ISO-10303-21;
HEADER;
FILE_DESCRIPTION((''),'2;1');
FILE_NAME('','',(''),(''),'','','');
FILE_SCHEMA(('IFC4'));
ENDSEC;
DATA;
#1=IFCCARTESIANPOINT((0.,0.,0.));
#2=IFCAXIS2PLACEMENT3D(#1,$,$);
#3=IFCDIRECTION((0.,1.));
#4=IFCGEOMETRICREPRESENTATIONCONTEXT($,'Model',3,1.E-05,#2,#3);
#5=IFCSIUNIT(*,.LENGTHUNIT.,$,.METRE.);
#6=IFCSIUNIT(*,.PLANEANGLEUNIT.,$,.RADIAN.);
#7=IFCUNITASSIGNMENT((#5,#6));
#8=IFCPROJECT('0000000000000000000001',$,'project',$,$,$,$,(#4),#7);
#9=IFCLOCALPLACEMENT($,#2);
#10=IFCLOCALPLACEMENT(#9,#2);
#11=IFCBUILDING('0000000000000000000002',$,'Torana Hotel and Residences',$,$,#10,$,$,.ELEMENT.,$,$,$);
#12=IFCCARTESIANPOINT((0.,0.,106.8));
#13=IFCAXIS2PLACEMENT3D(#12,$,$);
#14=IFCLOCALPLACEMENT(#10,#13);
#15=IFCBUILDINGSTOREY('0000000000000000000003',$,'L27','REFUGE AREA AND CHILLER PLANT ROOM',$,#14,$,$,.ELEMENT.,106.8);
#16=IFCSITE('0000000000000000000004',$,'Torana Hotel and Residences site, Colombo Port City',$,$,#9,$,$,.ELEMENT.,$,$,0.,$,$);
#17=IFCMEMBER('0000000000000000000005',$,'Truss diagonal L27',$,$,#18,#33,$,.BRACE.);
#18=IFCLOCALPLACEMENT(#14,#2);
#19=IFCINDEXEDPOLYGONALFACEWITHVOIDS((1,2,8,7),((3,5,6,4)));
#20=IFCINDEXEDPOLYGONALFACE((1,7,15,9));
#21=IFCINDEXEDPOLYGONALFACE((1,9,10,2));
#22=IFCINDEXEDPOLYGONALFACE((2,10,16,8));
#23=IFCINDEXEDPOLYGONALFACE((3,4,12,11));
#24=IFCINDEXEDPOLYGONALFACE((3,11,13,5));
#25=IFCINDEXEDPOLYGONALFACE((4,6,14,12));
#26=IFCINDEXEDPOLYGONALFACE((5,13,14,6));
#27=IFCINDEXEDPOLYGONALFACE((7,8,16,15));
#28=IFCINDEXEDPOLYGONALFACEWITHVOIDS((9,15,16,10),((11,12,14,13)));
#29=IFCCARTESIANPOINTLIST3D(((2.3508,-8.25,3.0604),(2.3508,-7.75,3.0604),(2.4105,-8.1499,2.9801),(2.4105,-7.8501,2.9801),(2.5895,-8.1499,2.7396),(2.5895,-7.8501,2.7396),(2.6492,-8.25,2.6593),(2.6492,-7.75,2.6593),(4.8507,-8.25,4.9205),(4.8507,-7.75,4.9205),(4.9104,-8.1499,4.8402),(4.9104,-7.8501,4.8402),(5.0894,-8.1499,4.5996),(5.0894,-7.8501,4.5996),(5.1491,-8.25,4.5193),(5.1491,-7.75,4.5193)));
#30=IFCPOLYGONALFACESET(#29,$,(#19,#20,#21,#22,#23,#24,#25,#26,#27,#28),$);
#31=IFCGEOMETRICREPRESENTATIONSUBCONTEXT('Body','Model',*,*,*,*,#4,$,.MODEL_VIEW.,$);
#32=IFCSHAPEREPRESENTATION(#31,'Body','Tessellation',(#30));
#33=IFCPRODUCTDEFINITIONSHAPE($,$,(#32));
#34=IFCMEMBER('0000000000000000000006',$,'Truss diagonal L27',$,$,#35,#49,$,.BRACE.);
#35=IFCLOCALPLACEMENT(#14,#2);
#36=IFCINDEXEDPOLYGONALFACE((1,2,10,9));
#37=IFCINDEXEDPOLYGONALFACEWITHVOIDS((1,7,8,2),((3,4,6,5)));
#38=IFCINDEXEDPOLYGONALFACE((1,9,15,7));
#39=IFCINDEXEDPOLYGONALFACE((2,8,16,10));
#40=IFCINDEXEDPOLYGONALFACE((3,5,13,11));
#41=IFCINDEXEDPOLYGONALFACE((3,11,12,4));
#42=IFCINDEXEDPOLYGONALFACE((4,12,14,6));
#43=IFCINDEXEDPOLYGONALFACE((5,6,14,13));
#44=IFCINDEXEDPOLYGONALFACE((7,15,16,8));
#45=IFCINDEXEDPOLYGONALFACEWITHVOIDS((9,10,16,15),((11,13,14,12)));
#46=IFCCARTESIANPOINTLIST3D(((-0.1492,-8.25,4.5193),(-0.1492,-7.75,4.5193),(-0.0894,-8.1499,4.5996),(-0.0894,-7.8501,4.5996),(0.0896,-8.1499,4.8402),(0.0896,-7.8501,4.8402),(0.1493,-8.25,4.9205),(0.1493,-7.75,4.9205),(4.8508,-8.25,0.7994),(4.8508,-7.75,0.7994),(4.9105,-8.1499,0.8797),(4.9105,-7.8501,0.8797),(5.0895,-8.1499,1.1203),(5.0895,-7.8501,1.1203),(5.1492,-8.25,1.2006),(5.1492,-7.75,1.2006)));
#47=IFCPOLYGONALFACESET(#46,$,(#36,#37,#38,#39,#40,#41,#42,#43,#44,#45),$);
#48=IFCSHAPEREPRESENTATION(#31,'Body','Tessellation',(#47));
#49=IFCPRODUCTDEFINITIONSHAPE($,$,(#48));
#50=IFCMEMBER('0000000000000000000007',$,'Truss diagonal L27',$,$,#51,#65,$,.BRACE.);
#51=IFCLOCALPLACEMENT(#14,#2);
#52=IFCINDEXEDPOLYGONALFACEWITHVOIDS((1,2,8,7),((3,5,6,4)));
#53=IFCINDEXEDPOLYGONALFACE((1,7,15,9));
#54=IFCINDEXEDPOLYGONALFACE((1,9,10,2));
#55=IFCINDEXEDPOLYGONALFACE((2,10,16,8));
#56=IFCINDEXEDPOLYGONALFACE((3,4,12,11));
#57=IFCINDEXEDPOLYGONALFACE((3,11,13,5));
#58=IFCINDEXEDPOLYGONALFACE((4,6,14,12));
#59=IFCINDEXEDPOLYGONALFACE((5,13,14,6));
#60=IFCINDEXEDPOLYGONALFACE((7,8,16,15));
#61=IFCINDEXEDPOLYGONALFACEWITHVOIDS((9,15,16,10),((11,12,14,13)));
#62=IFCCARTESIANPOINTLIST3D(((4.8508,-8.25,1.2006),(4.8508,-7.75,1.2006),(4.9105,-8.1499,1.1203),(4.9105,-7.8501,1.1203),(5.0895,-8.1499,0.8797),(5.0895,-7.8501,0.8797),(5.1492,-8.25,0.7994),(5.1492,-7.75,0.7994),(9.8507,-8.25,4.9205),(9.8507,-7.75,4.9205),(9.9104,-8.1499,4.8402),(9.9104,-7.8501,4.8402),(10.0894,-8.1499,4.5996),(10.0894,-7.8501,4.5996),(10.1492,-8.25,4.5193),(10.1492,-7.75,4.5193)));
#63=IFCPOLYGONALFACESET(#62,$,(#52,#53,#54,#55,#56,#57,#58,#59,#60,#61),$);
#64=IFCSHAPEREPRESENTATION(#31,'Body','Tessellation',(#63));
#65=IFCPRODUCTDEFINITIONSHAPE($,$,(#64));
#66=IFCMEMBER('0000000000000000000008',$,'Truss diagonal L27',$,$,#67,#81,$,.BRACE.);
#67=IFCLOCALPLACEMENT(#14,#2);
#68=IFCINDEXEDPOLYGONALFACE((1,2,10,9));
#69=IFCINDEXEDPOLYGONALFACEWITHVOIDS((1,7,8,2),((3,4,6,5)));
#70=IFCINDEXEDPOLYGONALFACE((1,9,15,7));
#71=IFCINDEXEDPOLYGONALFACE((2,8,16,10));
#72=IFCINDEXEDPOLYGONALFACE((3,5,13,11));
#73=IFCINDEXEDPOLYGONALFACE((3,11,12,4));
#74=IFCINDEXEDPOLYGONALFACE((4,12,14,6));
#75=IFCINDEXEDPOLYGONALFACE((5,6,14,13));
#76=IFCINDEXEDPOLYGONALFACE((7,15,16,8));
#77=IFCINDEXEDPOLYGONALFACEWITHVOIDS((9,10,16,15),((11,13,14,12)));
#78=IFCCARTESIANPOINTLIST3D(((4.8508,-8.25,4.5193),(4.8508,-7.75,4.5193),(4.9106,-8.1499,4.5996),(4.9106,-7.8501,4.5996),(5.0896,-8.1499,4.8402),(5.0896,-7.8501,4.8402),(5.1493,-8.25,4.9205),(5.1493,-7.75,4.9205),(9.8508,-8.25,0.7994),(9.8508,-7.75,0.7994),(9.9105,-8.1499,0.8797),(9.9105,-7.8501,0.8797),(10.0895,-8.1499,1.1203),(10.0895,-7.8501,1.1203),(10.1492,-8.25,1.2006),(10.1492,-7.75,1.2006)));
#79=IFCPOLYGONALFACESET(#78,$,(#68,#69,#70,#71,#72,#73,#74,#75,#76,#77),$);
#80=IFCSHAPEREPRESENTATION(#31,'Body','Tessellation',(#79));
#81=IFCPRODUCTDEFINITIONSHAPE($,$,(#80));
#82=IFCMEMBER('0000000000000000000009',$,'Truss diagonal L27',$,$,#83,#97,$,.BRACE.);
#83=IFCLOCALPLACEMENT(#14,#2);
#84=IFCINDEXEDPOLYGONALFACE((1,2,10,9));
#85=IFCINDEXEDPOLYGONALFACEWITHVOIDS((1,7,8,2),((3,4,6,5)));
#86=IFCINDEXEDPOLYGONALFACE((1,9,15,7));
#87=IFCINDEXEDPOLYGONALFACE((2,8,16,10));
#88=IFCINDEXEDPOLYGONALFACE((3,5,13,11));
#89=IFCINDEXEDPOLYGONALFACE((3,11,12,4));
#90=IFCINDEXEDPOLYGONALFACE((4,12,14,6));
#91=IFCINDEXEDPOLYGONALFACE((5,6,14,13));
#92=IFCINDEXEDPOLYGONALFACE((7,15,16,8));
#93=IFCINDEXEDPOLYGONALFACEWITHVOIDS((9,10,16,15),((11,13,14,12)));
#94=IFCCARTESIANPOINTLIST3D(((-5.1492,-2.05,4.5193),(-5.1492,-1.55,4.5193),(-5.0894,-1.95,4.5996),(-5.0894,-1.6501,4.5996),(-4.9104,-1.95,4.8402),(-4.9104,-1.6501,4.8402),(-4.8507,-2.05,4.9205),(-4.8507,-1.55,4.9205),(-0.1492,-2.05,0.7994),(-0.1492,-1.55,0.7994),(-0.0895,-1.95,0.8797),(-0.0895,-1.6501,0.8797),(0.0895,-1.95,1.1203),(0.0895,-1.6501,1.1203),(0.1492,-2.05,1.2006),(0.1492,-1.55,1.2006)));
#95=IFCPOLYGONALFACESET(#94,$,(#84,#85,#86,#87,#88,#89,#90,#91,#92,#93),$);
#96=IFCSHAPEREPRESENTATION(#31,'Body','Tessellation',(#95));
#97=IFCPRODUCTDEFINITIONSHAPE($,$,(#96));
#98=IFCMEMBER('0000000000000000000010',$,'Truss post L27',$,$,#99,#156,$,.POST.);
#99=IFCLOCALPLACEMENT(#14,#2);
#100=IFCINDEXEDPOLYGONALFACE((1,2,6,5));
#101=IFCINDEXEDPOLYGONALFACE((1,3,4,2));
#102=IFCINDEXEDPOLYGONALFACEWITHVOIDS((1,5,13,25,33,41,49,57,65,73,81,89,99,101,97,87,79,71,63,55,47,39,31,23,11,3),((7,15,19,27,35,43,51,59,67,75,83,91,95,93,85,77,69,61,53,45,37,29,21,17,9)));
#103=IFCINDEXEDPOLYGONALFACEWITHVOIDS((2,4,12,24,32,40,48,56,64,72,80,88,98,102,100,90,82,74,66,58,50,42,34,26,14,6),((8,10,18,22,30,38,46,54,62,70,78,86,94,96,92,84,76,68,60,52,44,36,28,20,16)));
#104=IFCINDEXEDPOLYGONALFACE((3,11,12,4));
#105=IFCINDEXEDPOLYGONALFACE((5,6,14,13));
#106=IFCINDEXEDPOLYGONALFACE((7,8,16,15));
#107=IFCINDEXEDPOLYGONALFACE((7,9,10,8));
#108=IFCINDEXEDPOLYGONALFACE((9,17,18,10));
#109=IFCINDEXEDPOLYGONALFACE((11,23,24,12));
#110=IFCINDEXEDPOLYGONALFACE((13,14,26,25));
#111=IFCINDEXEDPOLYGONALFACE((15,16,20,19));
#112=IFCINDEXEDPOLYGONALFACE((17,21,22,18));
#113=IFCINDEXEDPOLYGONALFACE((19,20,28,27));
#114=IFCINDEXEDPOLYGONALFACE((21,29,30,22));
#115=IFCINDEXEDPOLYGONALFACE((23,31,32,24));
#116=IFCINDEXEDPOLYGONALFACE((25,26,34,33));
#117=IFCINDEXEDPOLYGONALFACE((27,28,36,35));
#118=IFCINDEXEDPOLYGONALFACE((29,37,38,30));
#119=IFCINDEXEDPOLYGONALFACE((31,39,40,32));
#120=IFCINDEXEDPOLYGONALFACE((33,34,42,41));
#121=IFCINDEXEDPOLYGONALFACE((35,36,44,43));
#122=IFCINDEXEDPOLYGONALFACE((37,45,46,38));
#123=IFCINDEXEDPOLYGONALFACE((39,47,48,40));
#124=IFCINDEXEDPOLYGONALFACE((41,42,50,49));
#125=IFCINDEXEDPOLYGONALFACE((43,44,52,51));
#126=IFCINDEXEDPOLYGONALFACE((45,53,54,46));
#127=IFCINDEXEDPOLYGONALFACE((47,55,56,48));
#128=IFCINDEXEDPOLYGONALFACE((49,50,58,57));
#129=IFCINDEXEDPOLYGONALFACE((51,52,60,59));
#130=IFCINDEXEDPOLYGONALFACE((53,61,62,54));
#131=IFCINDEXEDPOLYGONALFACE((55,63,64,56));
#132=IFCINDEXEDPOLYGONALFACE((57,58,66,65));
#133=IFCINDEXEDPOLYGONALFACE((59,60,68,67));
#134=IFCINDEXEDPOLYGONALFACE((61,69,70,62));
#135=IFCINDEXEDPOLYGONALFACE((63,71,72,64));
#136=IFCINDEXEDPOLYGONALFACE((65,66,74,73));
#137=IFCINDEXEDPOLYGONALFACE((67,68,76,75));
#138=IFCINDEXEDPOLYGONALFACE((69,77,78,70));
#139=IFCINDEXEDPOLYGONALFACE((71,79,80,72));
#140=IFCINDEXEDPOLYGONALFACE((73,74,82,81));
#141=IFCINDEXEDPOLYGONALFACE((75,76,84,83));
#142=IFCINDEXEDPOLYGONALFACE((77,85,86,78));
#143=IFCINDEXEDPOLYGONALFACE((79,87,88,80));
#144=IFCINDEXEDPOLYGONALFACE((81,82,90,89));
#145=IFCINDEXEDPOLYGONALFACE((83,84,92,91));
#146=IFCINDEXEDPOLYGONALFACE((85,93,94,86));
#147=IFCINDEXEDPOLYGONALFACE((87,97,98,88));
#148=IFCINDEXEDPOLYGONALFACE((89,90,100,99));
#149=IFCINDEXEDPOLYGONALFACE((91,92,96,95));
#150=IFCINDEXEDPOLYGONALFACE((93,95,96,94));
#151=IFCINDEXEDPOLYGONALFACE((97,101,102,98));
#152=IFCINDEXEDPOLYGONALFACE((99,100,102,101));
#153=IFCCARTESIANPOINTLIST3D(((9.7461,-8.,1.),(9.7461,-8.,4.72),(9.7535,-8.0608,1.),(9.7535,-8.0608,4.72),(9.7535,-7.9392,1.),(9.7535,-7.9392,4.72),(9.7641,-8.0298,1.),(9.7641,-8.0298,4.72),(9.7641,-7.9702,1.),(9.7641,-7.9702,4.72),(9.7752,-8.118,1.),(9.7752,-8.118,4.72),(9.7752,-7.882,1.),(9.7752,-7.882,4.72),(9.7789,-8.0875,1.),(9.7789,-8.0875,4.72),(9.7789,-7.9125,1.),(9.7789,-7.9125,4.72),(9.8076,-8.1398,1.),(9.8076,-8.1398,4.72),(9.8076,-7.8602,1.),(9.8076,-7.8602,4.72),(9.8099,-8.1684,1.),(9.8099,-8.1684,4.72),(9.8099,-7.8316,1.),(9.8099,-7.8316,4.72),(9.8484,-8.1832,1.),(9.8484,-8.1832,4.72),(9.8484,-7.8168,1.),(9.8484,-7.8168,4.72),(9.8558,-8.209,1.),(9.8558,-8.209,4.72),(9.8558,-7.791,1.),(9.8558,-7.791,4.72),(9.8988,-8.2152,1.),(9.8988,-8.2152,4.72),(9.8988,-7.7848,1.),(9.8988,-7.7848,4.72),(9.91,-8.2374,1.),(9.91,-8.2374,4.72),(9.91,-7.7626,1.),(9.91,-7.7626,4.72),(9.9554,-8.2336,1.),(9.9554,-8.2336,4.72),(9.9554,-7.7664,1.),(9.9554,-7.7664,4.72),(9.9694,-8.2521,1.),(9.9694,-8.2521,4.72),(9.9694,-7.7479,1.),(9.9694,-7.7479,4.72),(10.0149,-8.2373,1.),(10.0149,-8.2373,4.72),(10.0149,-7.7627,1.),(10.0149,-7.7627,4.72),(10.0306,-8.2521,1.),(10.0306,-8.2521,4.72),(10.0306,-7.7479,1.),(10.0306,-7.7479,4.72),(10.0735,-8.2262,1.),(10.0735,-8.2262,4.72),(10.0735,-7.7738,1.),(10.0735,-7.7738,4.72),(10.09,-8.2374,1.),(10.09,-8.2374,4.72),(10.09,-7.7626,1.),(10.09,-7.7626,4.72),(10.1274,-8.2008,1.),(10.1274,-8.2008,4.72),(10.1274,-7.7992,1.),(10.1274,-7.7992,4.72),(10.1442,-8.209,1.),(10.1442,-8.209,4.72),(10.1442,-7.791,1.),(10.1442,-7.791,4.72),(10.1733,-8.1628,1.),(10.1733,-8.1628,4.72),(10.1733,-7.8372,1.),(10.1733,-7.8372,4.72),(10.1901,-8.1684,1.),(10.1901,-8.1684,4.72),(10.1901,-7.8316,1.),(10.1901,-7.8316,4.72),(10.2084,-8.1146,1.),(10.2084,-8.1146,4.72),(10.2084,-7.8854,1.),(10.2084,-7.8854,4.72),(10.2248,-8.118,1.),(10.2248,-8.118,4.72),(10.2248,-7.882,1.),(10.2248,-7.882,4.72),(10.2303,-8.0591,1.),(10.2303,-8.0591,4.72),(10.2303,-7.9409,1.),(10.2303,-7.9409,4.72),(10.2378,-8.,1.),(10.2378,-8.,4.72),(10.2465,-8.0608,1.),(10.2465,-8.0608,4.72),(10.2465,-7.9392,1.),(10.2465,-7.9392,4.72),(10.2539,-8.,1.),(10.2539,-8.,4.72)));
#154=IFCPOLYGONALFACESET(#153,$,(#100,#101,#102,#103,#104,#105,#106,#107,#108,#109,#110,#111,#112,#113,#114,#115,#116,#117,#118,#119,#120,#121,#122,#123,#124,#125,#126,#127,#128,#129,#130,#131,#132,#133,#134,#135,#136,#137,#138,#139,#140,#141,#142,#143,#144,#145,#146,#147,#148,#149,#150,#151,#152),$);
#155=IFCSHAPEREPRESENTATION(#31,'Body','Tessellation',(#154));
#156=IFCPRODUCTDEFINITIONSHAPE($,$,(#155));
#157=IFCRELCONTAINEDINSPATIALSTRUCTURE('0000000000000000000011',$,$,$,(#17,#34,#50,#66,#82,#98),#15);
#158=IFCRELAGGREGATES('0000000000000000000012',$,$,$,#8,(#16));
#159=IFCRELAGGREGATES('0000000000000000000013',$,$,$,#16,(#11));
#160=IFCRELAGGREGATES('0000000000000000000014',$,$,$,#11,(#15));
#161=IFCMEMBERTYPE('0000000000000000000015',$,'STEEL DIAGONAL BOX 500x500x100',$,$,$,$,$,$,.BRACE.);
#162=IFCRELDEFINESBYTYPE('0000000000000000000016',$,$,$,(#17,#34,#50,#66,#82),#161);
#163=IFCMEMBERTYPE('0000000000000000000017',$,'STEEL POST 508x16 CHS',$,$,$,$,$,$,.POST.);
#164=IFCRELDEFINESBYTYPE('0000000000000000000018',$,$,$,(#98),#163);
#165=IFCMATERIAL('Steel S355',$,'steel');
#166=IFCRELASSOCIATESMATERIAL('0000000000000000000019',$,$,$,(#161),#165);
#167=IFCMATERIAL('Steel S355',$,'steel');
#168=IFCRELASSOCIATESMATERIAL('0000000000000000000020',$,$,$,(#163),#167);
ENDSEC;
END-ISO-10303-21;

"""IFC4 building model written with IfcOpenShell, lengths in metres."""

from ifc_helpers import new_model, si_unit, direction, frame, origin, origin_2d, place, context, subcontext, project, spatial, hollow_rectangle, hollow_circle, extrude, material, material_profile, profile_set, type_object, element, save


model = new_model("IFC4")

# Units and contexts
model_context = context("Model", 3, precision=1e-05, world=origin(), true_north=direction((0.0, 1.0)))
body_context = subcontext(model_context, "Body", "Model", "MODEL_VIEW")
ifc_project = project(units=[si_unit("LENGTHUNIT", "METRE"), si_unit("PLANEANGLEUNIT", "RADIAN")], contexts=[model_context])

# Site, building, storey
site_placement = place(None, origin())
site = spatial("IfcSite", under=ifc_project, at=site_placement, Name="Torana Hotel and Residences site, Colombo Port City", CompositionType="ELEMENT", RefElevation=0.0)
building_placement = place(site_placement, origin())
building = spatial("IfcBuilding", under=site, at=building_placement, Name="Torana Hotel and Residences", CompositionType="ELEMENT")
storey_placement = place(building_placement, frame((0.0, 0.0, 106.8)))
storey = spatial("IfcBuildingStorey", under=building, at=storey_placement, Name="L27", Description="REFUGE AREA AND CHILLER PLANT ROOM", CompositionType="ELEMENT", Elevation=106.8)

# Members
ifc_material_1 = material(Name="Steel S355", Category="steel")
ifc_material_profile_1 = material_profile(ifc_material_1, hollow_rectangle(XDim=0.5, YDim=0.5, WallThickness=0.1001, at=origin_2d()), Name="BOX 500x500x100")
ifc_profile_set_1 = profile_set([ifc_material_profile_1], Name="Steel S355")
member_type_1 = type_object("IfcMemberType", Name="STEEL DIAGONAL BOX 500x500x100", PredefinedType="BRACE", material=ifc_profile_set_1)
member_placement = place(storey_placement, frame((2.5, -8.0, 2.8599), z_axis=(0.802288, 0.0, 0.596937), x_axis=(0.0, 1.0, 0.0)))
element("IfcMember", 1, at=member_placement, inside=storey, type_object=member_type_1, Name="Truss diagonal L27", PredefinedType="BRACE", context=body_context, shape_type="SweptSolid", body=[
    extrude(hollow_rectangle(XDim=0.5, YDim=0.5, WallThickness=0.1001, at=origin_2d()), origin(), (0.0, 0.0, 1.0), 3.116),
])
for number, where, z_axis, x_axis, name in (
    (2, (5.0, -8.0, 1.0), (-0.802307, 0.0, 0.596912), (0.0, -1.0, 0.0), "Truss diagonal L27"),
    (3, (5.0, -8.0, 1.0), (0.802307, 0.0, 0.596912), (0.0, 1.0, 0.0), "Truss diagonal L27"),
    (4, (10.0, -8.0, 1.0), (-0.802307, 0.0, 0.596912), (0.0, -1.0, 0.0), "Truss diagonal L27"),
    (5, (0.0, -1.8, 1.0), (-0.802307, 0.0, 0.596912), (0.0, -1.0, 0.0), "Truss diagonal L27"),
):
    element("IfcMember", number, at=place(storey_placement, frame(where, z_axis=z_axis, x_axis=x_axis)), inside=storey, type_object=member_type_1, Name=name, PredefinedType="BRACE", context=body_context, shape_type="SweptSolid", body=[
        extrude(hollow_rectangle(XDim=0.5, YDim=0.5, WallThickness=0.1001, at=origin_2d()), origin(), (0.0, 0.0, 1.0), 6.2319),
    ])
ifc_material_2 = material(Name="Steel S355", Category="steel")
ifc_material_profile_2 = material_profile(ifc_material_2, hollow_circle(Radius=0.2539, WallThickness=0.0161, at=origin_2d()), Name="508x16 CHS")
ifc_profile_set_2 = profile_set([ifc_material_profile_2], Name="Steel S355")
member_type_2 = type_object("IfcMemberType", Name="STEEL POST 508x16 CHS", PredefinedType="POST", material=ifc_profile_set_2)
for number, where, z_axis, x_axis, name in (
    (6, (10.0, -8.0, 1.0), (0.0, 0.0, 1.0), (1.0, 0.0, 0.0), "Truss post L27"),
):
    element("IfcMember", number, at=place(storey_placement, frame(where, z_axis=z_axis, x_axis=x_axis)), inside=storey, type_object=member_type_2, Name=name, PredefinedType="POST", context=body_context, shape_type="SweptSolid", body=[
        extrude(hollow_circle(Radius=0.2539, WallThickness=0.0161, at=origin_2d()), origin(), (0.0, 0.0, 1.0), 3.72),
    ])

save(model, "model.ifc")
